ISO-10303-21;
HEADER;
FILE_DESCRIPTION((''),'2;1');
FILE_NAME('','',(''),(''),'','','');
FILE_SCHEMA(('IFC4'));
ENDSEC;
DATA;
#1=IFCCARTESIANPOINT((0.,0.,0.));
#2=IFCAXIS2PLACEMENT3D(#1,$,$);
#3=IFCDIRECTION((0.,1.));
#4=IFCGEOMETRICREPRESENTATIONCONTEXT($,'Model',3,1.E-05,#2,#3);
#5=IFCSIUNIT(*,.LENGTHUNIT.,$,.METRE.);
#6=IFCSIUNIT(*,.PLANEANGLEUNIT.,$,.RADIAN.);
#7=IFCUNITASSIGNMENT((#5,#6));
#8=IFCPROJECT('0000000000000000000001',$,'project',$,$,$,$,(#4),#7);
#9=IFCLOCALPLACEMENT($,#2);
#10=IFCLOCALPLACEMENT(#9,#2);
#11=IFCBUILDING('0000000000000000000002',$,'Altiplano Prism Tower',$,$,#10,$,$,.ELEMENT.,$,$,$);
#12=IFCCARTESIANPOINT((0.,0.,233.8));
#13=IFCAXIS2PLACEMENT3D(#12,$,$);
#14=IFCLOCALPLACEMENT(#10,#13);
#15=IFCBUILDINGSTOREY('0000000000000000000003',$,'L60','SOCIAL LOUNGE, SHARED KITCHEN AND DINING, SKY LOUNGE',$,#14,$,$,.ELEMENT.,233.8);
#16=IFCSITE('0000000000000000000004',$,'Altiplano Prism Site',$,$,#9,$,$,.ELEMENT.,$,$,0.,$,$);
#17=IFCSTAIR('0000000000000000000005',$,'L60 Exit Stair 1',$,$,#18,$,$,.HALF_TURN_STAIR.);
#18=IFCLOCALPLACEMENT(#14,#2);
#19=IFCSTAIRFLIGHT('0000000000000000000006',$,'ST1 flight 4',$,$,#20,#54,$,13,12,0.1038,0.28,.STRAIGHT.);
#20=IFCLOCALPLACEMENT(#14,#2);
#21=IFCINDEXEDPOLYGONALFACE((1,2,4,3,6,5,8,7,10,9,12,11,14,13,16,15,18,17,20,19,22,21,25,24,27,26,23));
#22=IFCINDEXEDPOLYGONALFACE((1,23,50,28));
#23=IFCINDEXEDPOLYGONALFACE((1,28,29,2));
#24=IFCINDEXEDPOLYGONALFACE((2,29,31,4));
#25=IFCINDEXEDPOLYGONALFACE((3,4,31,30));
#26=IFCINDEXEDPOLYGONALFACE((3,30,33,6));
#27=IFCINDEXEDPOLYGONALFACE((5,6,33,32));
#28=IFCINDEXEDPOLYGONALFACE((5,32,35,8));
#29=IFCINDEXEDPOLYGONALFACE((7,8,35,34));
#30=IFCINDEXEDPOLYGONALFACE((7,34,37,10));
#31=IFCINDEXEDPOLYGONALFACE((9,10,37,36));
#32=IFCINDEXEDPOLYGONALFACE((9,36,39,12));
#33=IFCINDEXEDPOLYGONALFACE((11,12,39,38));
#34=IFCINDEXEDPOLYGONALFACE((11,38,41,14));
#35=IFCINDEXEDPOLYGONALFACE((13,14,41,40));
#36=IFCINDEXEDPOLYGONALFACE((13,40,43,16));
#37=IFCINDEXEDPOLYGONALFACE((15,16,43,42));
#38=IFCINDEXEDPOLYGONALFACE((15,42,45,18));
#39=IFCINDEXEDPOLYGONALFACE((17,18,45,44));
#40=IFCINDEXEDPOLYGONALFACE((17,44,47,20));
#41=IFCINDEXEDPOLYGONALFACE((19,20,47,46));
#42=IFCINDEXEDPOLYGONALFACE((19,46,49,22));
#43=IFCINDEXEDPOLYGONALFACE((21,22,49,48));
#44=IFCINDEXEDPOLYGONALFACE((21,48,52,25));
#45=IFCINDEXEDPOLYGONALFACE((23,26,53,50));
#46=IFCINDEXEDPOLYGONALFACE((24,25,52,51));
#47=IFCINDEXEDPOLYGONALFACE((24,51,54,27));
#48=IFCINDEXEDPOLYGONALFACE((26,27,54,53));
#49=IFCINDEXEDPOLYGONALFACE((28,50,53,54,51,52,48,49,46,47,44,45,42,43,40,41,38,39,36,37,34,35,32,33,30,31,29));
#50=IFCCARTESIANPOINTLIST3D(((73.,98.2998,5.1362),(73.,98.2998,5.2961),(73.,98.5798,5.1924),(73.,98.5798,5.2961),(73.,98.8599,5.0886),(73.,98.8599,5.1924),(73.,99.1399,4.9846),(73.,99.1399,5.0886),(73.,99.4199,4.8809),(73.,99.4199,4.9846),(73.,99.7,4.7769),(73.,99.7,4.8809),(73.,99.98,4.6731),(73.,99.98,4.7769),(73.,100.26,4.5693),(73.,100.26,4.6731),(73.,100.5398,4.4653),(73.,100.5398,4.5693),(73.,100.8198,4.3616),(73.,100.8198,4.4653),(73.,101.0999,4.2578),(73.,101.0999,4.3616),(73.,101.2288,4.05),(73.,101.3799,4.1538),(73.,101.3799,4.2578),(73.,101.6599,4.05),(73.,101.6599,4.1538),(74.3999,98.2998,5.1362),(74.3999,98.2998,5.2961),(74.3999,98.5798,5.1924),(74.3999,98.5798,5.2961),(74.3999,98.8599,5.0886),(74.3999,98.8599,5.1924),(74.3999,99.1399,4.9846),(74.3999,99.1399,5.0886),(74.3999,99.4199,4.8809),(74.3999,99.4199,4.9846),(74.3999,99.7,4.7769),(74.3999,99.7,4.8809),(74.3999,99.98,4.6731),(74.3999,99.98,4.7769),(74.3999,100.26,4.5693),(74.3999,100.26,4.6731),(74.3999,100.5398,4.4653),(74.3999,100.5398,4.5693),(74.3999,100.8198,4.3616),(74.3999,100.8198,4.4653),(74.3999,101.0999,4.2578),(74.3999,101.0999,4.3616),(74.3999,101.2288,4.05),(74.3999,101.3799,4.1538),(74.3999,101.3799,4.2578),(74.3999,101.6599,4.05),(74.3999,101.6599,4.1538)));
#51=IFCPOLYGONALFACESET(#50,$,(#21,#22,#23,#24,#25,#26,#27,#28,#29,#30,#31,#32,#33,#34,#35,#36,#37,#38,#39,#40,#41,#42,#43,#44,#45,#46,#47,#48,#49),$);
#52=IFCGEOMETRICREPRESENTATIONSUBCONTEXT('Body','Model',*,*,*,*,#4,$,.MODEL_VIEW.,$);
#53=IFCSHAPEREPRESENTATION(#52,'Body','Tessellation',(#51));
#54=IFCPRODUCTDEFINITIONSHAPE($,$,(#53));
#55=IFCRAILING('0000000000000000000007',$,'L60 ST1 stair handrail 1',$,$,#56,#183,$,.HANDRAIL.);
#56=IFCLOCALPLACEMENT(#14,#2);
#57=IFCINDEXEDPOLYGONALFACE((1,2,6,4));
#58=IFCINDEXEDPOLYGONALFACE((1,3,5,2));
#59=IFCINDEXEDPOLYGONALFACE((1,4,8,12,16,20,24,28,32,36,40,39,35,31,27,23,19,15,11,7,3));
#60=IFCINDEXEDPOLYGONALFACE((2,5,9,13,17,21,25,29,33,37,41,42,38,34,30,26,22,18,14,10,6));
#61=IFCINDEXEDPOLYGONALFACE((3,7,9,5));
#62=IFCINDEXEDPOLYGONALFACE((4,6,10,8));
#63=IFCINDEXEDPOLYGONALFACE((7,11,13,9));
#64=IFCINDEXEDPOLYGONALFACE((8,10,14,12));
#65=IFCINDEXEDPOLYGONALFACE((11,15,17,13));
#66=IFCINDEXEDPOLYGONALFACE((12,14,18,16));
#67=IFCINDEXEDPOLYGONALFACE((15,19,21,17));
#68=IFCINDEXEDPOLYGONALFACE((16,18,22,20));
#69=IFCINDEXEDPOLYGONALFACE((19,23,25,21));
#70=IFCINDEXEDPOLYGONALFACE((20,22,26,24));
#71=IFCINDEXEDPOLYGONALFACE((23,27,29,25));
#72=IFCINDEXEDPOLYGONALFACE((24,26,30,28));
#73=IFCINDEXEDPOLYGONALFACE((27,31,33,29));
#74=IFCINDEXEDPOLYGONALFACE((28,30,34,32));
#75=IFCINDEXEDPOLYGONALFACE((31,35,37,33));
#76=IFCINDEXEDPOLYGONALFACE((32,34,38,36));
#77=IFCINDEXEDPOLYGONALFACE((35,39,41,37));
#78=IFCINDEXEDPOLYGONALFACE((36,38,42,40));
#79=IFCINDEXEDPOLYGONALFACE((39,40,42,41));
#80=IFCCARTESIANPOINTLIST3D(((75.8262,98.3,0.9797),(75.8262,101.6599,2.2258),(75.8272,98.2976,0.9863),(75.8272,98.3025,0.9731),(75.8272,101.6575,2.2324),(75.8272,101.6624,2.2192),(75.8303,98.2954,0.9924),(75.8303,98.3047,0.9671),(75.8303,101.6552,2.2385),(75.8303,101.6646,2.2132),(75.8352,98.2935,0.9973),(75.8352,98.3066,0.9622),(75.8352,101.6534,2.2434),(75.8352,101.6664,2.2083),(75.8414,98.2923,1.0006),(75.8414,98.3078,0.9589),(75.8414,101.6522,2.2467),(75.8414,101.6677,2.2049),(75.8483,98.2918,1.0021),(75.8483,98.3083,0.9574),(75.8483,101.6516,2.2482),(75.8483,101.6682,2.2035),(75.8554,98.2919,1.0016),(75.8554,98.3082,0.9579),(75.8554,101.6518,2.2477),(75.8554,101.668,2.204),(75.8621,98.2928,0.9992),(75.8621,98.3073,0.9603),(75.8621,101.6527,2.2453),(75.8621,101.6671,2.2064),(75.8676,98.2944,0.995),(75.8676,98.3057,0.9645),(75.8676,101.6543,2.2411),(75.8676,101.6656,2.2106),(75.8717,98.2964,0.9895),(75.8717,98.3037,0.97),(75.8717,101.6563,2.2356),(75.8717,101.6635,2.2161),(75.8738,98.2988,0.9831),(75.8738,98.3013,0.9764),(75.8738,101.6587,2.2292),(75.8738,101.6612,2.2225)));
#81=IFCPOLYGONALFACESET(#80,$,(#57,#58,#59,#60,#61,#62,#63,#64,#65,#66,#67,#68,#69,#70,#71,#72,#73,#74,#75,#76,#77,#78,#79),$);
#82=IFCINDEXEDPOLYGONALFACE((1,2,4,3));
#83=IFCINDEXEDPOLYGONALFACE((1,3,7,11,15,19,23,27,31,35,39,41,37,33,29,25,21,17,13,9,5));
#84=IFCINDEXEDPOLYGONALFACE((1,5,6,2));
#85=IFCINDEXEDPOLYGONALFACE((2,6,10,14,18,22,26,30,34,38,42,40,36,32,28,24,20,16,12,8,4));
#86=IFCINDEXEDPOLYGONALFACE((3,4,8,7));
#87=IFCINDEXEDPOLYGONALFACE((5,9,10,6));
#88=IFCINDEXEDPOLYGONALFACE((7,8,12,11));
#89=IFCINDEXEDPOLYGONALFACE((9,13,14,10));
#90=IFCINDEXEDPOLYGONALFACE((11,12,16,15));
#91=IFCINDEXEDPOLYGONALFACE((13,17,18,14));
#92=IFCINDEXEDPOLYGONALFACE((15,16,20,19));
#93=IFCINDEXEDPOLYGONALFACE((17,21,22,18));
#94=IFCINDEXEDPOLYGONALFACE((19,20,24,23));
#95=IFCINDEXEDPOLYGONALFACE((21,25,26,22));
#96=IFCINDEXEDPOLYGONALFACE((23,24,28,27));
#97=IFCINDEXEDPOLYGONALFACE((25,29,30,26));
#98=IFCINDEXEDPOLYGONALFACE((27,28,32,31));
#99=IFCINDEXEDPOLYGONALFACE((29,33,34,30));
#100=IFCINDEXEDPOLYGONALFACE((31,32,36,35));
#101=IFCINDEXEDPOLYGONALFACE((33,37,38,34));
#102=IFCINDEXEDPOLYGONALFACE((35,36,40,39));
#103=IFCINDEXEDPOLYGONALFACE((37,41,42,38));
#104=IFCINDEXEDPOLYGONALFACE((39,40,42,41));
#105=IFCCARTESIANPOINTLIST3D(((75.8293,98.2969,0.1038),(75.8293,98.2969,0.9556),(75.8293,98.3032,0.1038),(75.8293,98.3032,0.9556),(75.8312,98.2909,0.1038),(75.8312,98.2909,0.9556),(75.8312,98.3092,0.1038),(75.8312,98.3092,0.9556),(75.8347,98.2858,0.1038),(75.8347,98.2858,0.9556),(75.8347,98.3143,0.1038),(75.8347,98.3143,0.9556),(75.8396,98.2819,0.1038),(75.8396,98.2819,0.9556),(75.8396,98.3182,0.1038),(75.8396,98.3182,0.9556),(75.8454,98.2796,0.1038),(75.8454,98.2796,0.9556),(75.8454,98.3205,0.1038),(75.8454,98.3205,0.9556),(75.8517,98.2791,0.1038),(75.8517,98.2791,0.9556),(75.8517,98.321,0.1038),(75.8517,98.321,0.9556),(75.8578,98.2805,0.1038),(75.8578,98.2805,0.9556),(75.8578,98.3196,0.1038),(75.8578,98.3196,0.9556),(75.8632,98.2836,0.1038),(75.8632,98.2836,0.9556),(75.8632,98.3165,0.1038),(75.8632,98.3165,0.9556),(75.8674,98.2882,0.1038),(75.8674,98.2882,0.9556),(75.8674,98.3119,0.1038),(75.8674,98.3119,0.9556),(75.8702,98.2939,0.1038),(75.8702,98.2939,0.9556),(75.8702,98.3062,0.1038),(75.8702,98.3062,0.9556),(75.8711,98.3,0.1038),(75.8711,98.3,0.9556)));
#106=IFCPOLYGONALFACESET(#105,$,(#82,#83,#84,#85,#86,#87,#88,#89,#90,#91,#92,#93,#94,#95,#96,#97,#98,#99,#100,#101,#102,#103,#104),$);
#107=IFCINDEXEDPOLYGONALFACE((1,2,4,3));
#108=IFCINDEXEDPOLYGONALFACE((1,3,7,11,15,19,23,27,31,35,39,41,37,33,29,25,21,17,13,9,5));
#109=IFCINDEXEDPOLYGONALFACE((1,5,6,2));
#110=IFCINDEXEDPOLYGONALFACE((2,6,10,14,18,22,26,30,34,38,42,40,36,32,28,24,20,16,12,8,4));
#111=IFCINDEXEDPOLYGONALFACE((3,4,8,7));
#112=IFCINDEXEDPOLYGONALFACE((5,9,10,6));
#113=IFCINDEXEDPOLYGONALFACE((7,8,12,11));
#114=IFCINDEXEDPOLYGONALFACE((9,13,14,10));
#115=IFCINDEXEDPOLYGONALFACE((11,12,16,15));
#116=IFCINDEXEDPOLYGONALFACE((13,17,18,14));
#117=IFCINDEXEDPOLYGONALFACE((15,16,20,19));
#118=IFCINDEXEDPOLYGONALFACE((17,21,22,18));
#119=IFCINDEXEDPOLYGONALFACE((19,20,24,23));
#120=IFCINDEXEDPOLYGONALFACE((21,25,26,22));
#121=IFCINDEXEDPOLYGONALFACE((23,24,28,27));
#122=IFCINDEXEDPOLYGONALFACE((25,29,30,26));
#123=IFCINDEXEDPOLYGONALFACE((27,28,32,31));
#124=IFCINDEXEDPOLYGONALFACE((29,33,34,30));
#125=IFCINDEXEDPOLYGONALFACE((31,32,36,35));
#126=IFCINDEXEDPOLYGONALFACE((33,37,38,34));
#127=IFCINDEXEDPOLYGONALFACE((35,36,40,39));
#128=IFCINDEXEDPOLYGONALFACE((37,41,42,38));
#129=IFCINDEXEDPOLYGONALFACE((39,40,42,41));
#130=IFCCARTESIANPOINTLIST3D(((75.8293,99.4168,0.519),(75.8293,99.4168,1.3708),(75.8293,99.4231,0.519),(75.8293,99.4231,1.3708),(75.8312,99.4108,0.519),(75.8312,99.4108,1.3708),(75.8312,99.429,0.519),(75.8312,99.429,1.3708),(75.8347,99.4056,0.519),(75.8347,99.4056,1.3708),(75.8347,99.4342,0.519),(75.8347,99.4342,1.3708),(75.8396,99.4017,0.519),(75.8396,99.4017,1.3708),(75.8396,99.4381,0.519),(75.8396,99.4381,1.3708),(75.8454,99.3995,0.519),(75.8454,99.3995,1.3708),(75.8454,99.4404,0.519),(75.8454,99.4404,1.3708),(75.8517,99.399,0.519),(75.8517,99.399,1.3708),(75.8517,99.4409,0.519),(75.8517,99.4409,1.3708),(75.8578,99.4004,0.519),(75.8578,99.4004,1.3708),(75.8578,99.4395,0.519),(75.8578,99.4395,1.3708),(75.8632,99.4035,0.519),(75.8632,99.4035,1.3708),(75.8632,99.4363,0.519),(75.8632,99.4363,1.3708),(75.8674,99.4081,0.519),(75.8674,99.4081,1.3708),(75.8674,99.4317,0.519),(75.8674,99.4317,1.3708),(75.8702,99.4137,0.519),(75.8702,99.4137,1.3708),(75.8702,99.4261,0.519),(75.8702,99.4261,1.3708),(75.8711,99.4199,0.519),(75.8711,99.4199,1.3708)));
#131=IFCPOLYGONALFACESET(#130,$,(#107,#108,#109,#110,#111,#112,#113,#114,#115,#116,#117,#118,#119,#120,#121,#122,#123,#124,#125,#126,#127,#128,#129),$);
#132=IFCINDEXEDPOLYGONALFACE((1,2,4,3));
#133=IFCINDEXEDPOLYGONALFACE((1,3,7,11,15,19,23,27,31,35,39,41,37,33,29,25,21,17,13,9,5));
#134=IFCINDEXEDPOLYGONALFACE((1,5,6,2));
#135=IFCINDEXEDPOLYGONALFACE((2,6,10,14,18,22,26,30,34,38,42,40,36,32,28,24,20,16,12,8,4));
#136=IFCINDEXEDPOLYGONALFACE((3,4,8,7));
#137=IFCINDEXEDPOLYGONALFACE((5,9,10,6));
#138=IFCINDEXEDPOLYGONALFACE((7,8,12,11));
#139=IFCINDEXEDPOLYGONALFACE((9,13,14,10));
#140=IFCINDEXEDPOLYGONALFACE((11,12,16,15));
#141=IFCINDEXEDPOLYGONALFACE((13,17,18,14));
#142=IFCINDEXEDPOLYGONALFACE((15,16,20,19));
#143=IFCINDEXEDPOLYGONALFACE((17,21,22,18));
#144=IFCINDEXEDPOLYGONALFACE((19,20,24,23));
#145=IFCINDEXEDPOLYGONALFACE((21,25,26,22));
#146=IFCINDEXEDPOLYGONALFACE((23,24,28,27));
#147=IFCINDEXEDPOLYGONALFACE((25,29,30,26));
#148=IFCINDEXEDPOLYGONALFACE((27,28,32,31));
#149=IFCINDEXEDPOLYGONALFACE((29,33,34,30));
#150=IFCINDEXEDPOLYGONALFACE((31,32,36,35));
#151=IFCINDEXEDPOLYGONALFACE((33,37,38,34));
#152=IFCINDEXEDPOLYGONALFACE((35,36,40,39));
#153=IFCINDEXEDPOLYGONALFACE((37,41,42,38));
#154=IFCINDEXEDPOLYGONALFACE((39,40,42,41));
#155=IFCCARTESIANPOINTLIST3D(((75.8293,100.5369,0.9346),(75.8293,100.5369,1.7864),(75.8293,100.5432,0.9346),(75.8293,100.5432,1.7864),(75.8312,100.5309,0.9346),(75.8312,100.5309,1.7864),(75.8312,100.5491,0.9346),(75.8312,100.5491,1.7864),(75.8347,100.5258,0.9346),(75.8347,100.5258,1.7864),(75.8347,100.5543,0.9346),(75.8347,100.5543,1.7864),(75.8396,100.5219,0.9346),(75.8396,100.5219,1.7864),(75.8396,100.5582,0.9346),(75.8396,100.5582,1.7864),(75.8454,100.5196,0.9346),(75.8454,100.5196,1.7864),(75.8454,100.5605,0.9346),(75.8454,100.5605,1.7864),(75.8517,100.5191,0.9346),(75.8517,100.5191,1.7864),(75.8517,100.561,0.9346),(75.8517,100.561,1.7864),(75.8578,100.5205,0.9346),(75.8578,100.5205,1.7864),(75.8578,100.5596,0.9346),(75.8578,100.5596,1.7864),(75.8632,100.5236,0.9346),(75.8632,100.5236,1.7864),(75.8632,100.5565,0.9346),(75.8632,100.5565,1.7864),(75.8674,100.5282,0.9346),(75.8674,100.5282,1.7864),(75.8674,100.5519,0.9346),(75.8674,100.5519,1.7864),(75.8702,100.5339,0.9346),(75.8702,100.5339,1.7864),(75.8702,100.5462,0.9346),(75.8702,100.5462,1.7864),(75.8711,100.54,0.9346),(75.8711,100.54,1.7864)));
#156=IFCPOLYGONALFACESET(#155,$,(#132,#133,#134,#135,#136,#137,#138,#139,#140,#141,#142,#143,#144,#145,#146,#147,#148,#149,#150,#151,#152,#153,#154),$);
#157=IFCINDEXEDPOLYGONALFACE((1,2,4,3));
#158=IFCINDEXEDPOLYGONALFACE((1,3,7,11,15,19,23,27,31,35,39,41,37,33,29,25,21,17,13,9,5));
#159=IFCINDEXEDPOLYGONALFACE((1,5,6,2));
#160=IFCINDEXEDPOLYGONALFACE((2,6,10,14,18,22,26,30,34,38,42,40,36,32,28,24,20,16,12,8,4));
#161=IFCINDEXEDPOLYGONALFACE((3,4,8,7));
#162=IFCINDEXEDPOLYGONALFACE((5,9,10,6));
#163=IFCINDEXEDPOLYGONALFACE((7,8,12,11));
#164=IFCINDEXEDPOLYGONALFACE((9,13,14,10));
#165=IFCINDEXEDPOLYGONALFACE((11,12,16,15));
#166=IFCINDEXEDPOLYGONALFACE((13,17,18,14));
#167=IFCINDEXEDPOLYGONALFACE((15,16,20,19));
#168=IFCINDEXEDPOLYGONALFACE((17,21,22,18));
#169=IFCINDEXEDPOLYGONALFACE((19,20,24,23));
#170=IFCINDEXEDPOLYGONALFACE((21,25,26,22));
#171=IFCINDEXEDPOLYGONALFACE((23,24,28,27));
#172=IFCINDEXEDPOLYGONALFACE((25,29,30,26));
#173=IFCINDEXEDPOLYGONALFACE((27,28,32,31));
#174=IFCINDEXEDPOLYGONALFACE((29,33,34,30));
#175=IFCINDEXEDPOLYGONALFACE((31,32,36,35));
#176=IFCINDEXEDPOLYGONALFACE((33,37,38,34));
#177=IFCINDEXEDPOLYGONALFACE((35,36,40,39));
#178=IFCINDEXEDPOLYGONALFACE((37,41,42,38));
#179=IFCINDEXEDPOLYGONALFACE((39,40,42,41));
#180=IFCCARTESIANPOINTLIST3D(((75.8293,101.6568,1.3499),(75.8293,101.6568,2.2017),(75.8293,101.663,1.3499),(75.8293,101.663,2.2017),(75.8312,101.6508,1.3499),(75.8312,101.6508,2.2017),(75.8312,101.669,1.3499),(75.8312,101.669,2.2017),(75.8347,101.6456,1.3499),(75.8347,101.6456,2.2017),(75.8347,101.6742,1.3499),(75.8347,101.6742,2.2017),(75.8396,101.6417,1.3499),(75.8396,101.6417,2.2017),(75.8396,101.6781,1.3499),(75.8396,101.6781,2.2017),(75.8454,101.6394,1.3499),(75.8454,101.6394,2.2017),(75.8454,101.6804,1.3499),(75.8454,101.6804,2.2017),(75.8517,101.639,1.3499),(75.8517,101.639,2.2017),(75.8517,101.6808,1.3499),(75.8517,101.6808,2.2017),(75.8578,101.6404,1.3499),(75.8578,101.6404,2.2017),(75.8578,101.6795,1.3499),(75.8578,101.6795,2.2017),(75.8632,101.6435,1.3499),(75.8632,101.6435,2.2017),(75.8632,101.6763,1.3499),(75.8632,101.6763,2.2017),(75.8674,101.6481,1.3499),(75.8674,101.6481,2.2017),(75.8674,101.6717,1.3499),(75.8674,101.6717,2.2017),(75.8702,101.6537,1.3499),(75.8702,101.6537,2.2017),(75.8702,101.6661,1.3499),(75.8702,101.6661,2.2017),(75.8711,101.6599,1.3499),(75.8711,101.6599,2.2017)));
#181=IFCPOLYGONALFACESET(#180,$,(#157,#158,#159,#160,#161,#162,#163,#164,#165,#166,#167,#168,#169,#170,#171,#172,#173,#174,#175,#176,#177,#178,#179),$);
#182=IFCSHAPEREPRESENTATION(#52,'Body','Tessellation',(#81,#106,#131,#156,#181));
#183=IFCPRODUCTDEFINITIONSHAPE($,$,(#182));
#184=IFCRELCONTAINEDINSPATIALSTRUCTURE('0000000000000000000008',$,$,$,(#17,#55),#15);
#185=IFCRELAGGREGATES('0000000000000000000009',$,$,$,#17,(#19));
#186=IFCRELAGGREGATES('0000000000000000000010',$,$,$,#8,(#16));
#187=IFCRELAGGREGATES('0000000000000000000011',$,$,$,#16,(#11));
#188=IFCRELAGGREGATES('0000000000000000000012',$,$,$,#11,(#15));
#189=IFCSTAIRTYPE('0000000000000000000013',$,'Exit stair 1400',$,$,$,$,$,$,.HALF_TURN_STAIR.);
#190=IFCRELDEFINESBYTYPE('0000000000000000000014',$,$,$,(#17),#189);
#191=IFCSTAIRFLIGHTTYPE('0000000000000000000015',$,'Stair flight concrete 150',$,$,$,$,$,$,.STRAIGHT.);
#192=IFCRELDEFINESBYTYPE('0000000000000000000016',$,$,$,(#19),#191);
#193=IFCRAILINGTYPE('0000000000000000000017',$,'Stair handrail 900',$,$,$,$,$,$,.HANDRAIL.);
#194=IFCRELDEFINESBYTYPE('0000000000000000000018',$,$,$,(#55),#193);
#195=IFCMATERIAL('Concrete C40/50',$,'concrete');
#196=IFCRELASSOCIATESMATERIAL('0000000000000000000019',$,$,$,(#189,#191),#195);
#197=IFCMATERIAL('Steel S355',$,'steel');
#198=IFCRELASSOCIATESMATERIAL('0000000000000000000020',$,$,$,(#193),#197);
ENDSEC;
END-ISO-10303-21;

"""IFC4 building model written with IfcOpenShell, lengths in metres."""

from ifc_helpers import new_model, si_unit, direction, frame, origin, origin_2d, place, context, subcontext, project, spatial, polyline, circle, outline, extrude, material, type_object, element, aggregate, save


model = new_model("IFC4")

# Units and contexts
model_context = context("Model", 3, precision=1e-05, world=origin(), true_north=direction((0.0, 1.0)))
body_context = subcontext(model_context, "Body", "Model", "MODEL_VIEW")
ifc_project = project(units=[si_unit("LENGTHUNIT", "METRE"), si_unit("PLANEANGLEUNIT", "RADIAN")], contexts=[model_context])

# Site, building, storey
site_placement = place(None, origin())
site = spatial("IfcSite", under=ifc_project, at=site_placement, Name="Altiplano Prism Site", CompositionType="ELEMENT", RefElevation=0.0)
building_placement = place(site_placement, origin())
building = spatial("IfcBuilding", under=site, at=building_placement, Name="Altiplano Prism Tower", CompositionType="ELEMENT")
storey_placement = place(building_placement, frame((0.0, 0.0, 233.8)))
storey = spatial("IfcBuildingStorey", under=building, at=storey_placement, Name="L60", Description="SOCIAL LOUNGE, SHARED KITCHEN AND DINING, SKY LOUNGE", CompositionType="ELEMENT", Elevation=233.8)

# Stair, stair flight
ifc_material_1 = material(Name="Concrete C40/50", Category="concrete")
stair_type = type_object("IfcStairType", Name="Exit stair 1400", PredefinedType="HALF_TURN_STAIR", material=ifc_material_1)
stair_placement = place(storey_placement, origin())
stair = element("IfcStair", 1, at=stair_placement, inside=storey, type_object=stair_type, Name="L60 Exit Stair 1", PredefinedType="HALF_TURN_STAIR")
stair_flight_type = type_object("IfcStairFlightType", Name="Stair flight concrete 150", PredefinedType="STRAIGHT", material=ifc_material_1)
stair_flight_1_placement = place(storey_placement, frame((73.7, 101.6599, 4.05), z_axis=(0.0, 0.0, 1.0), x_axis=(0.0, -1.0, 0.0)))
stair_flight_1 = element("IfcStairFlight", 2, at=stair_flight_1_placement, type_object=stair_flight_type, Name="ST1 flight 4", NumberOfRisers=13, NumberOfTreads=12, PredefinedType="STRAIGHT", RiserHeight=0.1038, TreadLength=0.28, context=body_context, shape_type="SweptSolid", body=[
    extrude(outline(polyline([(0.0, 0.0), (0.0, 0.1038), (0.28, 0.1038), (0.28, 0.2078), (0.5601, 0.2078), (0.5601, 0.3115), (0.8401, 0.3115), (0.8401, 0.4153), (1.1201, 0.4153), (1.1201, 0.5193), (1.3999, 0.5193), (1.3999, 0.623), (1.6799, 0.623), (1.6799, 0.7268), (1.96, 0.7268), (1.96, 0.8308), (2.24, 0.8308), (2.24, 0.9346), (2.52, 0.9346), (2.52, 1.0386), (2.8, 1.0386), (2.8, 1.1423), (3.0801, 1.1423), (3.0801, 1.2461), (3.3601, 1.2461), (3.3601, 1.3501), (3.3601, 1.0862), (0.4312, 0.0), (0.0, 0.0)])), frame((0.0, 0.7, 0.0), z_axis=(0.0, -1.0, 0.0), x_axis=(1.0, 0.0, 0.0)), (0.0, 0.0, 1.0), 1.3999),
])
aggregate(stair, [stair_flight_1])

# Railing
ifc_material_2 = material(Name="Steel S355", Category="steel")
railing_type_1 = type_object("IfcRailingType", Name="Stair handrail 900", PredefinedType="HANDRAIL", material=ifc_material_2)
railing_1_placement = place(storey_placement, frame((75.8501, 98.3, 0.1038)))
element("IfcRailing", 3, at=railing_1_placement, inside=storey, type_object=railing_type_1, Name="L60 ST1 stair handrail 1", PredefinedType="HANDRAIL", context=body_context, shape_type="SweptSolid", body=[
    extrude(circle(Radius=0.0239, at=origin_2d()), frame((0.0, 0.0, 0.876), z_axis=(0.0, 0.937594, 0.347731), x_axis=(-1.0, 0.0, 0.0)), (0.0, 0.0, 1.0), 3.5835),
    extrude(circle(Radius=0.021, at=origin_2d()), origin(), (0.0, 0.0, 1.0), 0.8518),
    extrude(circle(Radius=0.021, at=origin_2d()), frame((0.0, 1.1199, 0.4153)), (0.0, 0.0, 1.0), 0.8518),
    extrude(circle(Radius=0.021, at=origin_2d()), frame((0.0, 2.24, 0.8308)), (0.0, 0.0, 1.0), 0.8518),
    extrude(circle(Radius=0.021, at=origin_2d()), frame((0.0, 3.3599, 1.2461)), (0.0, 0.0, 1.0), 0.8518),
])

save(model, "model.ifc")
